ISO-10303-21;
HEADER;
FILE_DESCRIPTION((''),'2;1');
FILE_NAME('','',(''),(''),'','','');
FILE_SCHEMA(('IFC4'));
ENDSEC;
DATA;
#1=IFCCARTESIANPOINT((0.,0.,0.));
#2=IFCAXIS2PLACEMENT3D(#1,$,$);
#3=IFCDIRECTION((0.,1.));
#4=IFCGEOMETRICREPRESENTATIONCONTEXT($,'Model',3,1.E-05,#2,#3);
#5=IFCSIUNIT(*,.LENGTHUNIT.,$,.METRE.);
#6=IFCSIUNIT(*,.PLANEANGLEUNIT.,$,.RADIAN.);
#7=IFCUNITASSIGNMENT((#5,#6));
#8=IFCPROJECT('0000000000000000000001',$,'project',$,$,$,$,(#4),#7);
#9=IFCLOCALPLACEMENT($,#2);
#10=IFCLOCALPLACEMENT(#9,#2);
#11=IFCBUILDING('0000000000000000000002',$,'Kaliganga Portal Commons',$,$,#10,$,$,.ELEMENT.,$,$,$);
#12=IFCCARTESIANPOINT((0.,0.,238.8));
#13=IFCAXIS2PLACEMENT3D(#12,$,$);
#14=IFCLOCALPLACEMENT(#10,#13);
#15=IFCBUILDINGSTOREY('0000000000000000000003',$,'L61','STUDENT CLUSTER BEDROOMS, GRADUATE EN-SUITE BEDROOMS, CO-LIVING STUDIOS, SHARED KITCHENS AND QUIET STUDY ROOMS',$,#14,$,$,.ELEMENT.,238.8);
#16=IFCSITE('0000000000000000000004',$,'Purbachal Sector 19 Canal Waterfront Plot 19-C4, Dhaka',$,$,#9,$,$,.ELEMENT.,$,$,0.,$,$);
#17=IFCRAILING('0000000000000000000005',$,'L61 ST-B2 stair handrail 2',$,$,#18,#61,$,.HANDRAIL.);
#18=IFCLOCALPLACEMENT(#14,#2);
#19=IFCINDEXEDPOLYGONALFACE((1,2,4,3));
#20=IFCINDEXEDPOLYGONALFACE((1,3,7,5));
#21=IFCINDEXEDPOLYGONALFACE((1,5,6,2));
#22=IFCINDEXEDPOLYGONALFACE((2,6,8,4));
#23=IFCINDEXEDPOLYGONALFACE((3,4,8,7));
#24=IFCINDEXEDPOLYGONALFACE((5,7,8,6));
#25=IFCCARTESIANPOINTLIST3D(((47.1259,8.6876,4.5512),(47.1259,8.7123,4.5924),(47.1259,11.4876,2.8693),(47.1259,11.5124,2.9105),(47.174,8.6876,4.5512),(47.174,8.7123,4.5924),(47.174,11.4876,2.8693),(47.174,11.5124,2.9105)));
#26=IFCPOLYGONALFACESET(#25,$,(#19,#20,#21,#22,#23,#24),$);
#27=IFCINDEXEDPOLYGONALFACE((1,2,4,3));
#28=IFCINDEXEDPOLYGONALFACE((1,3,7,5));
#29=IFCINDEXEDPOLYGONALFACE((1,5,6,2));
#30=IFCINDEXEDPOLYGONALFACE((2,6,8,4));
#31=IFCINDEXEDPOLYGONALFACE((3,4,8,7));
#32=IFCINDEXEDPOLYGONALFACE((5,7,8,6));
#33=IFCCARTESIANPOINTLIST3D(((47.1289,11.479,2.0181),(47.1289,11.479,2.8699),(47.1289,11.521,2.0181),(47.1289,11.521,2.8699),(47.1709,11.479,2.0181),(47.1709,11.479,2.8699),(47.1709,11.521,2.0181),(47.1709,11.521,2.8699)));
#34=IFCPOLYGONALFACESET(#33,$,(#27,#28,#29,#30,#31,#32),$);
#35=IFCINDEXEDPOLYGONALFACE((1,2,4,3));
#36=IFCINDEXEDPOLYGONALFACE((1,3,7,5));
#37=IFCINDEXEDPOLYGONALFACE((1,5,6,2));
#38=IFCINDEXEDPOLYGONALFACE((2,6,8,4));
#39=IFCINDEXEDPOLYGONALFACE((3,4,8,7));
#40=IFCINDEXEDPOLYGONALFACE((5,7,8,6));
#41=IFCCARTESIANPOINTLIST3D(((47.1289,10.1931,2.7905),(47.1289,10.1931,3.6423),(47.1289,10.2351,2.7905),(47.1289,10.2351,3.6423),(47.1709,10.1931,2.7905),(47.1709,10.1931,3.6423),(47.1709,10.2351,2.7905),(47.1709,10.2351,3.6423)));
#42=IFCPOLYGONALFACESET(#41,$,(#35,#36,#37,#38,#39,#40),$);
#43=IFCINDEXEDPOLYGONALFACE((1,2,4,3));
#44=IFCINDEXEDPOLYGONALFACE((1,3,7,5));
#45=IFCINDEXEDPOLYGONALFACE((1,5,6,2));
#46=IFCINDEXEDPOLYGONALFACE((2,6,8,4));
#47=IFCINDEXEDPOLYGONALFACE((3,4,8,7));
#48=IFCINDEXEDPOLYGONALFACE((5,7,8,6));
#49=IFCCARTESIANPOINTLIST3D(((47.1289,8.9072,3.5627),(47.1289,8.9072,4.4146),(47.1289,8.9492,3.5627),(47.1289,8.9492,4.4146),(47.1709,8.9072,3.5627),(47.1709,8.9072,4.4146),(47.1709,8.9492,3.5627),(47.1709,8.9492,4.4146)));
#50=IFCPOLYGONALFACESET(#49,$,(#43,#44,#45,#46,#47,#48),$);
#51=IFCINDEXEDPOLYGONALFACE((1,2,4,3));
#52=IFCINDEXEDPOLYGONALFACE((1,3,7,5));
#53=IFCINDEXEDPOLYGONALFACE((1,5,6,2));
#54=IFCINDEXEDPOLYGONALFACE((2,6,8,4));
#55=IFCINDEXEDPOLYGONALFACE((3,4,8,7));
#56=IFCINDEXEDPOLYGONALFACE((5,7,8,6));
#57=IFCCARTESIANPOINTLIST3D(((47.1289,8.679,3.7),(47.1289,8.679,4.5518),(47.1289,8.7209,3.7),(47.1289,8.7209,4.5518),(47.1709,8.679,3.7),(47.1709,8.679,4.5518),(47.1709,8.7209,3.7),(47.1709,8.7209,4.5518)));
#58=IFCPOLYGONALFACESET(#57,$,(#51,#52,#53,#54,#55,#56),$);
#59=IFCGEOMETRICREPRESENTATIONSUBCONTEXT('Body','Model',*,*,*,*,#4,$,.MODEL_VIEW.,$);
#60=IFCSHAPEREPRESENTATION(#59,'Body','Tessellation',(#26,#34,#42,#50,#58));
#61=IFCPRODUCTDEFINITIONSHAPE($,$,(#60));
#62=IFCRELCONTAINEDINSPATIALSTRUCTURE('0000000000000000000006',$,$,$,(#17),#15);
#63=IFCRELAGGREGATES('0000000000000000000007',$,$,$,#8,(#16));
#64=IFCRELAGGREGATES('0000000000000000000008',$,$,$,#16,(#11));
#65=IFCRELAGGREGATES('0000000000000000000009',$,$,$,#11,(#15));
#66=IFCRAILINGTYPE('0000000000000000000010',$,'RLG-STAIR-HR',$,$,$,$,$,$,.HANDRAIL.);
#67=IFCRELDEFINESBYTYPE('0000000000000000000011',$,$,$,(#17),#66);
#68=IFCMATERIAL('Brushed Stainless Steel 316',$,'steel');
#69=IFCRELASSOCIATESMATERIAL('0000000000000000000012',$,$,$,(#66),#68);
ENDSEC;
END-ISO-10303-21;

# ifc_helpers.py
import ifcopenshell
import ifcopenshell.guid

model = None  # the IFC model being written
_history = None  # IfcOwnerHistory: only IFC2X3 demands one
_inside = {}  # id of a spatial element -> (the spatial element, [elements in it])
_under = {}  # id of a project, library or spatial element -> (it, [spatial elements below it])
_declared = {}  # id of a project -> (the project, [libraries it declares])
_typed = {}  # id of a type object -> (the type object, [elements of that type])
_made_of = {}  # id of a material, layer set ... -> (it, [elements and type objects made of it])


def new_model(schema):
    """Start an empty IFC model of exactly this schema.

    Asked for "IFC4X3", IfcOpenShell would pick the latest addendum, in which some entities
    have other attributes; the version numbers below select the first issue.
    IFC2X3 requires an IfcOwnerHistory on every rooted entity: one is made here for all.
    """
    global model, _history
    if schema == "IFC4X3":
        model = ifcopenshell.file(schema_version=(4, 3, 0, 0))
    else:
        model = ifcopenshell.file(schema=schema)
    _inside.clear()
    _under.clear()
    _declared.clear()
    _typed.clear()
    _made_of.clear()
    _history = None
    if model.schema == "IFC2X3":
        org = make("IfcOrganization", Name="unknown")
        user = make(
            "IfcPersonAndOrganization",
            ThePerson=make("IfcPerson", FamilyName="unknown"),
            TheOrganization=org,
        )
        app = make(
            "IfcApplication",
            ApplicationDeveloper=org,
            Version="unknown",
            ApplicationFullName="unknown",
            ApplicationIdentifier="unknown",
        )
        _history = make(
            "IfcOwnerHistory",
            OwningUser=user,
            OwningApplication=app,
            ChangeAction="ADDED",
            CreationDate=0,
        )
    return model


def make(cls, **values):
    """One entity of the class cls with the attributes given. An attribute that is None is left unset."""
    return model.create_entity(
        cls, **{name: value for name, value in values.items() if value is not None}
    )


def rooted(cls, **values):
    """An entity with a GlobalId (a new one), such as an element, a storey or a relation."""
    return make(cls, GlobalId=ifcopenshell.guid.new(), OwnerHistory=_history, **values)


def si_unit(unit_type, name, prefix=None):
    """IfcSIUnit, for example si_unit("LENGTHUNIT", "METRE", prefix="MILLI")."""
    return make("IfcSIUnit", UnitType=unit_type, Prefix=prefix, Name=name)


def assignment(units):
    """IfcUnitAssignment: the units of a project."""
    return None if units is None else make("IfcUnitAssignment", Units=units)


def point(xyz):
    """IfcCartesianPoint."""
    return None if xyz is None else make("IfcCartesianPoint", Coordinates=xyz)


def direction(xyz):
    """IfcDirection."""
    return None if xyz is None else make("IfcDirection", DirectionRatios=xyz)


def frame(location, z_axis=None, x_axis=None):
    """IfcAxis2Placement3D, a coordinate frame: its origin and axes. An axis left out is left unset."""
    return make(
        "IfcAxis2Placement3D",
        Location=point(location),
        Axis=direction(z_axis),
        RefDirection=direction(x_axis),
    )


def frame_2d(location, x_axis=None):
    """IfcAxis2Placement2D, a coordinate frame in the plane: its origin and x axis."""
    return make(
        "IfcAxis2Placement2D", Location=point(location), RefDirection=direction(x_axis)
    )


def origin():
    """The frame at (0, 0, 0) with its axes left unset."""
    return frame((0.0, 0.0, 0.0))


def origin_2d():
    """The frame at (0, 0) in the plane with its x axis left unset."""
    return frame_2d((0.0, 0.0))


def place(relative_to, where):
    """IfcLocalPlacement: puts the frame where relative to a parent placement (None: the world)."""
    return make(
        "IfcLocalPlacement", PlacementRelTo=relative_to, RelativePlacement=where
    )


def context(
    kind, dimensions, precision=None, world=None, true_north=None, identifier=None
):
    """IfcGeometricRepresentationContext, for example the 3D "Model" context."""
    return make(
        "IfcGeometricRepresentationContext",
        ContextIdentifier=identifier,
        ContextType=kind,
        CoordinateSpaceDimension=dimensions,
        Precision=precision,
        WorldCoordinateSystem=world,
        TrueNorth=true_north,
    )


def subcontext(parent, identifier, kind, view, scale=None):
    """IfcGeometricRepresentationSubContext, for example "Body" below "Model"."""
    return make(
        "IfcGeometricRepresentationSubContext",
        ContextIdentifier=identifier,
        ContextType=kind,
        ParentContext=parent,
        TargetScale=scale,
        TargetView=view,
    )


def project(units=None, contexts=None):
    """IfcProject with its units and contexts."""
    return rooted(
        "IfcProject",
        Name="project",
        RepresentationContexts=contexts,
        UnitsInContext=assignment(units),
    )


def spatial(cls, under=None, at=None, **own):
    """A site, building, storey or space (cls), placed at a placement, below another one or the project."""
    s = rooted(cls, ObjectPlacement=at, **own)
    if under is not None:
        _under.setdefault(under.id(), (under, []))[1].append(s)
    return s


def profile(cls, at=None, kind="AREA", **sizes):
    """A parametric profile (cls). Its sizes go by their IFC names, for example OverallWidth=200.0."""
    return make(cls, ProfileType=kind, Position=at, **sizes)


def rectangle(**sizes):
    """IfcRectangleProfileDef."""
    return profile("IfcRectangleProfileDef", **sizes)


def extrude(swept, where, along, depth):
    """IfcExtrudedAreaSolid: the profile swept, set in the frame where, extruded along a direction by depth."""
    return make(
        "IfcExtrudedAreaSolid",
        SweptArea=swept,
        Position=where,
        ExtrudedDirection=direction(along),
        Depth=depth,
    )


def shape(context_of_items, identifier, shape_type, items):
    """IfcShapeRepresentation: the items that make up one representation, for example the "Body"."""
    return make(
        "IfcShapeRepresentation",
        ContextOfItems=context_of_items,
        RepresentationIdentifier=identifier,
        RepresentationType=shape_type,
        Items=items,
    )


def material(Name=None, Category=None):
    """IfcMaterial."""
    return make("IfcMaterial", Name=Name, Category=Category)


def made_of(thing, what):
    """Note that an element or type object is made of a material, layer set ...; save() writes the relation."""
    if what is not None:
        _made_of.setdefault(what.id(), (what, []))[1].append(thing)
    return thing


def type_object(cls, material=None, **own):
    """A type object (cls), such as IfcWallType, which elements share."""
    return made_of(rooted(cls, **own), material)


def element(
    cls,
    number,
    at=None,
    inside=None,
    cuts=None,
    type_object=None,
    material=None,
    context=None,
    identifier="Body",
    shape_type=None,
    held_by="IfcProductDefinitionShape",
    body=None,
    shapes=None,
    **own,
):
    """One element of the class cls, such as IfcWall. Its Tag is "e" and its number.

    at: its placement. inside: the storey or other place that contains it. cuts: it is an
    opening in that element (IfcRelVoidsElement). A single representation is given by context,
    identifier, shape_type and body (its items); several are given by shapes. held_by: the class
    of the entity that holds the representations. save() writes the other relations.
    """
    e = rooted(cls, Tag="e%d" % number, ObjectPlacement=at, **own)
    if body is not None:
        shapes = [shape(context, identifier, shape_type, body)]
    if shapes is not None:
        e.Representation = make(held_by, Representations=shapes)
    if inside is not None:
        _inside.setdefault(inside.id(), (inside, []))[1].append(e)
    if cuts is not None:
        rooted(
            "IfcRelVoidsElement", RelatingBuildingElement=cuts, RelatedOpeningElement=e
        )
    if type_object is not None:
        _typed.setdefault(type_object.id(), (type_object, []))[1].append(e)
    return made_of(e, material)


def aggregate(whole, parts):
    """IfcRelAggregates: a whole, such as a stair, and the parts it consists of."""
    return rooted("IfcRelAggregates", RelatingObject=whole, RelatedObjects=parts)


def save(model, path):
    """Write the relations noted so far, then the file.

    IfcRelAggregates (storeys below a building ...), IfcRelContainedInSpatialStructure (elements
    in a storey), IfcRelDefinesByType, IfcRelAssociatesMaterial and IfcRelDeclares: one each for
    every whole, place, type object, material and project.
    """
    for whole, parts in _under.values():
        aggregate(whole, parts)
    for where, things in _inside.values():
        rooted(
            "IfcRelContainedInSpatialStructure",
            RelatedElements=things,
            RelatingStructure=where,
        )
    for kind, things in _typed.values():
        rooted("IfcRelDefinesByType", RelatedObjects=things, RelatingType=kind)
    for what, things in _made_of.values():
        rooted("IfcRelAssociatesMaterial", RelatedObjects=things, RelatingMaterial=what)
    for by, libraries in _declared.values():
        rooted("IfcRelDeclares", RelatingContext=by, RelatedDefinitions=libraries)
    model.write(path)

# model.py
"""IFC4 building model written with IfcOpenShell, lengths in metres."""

from ifc_helpers import new_model, si_unit, direction, frame, origin, origin_2d, place, context, subcontext, project, spatial, rectangle, extrude, material, type_object, element, save


model = new_model("IFC4")

# Units and contexts
model_context = context("Model", 3, precision=1e-05, world=origin(), true_north=direction((0.0, 1.0)))
body_context = subcontext(model_context, "Body", "Model", "MODEL_VIEW")
ifc_project = project(units=[si_unit("LENGTHUNIT", "METRE"), si_unit("PLANEANGLEUNIT", "RADIAN")], contexts=[model_context])

# Site, building, storey
site_placement = place(None, origin())
site = spatial("IfcSite", under=ifc_project, at=site_placement, Name="Purbachal Sector 19 Canal Waterfront Plot 19-C4, Dhaka", CompositionType="ELEMENT", RefElevation=0.0)
building_placement = place(site_placement, origin())
building = spatial("IfcBuilding", under=site, at=building_placement, Name="Kaliganga Portal Commons", CompositionType="ELEMENT")
storey_placement = place(building_placement, frame((0.0, 0.0, 238.8)))
storey = spatial("IfcBuildingStorey", under=building, at=storey_placement, Name="L61", Description="STUDENT CLUSTER BEDROOMS, GRADUATE EN-SUITE BEDROOMS, CO-LIVING STUDIOS, SHARED KITCHENS AND QUIET STUDY ROOMS", CompositionType="ELEMENT", Elevation=238.8)

# Railing
ifc_material_1 = material(Name="Brushed Stainless Steel 316", Category="steel")
railing_type_1 = type_object("IfcRailingType", Name="RLG-STAIR-HR", PredefinedType="HANDRAIL", material=ifc_material_1)
for number, where, name in (
    (1, (47.1499, 11.5, 2.0181), "L61 ST-B2 stair handrail 2"),
):
    element("IfcRailing", number, at=place(storey_placement, frame(where)), inside=storey, type_object=railing_type_1, Name=name, PredefinedType="HANDRAIL", context=body_context, shape_type="SweptSolid", body=[
        extrude(rectangle(XDim=0.0481, YDim=0.0481, at=origin_2d()), frame((0.0, 0.0, 0.8718), z_axis=(0.0, -0.857242, 0.514913), x_axis=(1.0, 0.0, 0.0)), (0.0, 0.0, 1.0), 3.2664),
        extrude(rectangle(XDim=0.042, YDim=0.042, at=origin_2d()), origin(), (0.0, 0.0, 1.0), 0.8518),
        extrude(rectangle(XDim=0.042, YDim=0.042, at=origin_2d()), frame((0.0, -1.2859, 0.7725)), (0.0, 0.0, 1.0), 0.8518),
        extrude(rectangle(XDim=0.042, YDim=0.042, at=origin_2d()), frame((0.0, -2.5718, 1.5447)), (0.0, 0.0, 1.0), 0.8518),
        extrude(rectangle(XDim=0.042, YDim=0.042, at=origin_2d()), frame((0.0, -2.8, 1.6819)), (0.0, 0.0, 1.0), 0.8518),
    ])

save(model, "model.ifc")
